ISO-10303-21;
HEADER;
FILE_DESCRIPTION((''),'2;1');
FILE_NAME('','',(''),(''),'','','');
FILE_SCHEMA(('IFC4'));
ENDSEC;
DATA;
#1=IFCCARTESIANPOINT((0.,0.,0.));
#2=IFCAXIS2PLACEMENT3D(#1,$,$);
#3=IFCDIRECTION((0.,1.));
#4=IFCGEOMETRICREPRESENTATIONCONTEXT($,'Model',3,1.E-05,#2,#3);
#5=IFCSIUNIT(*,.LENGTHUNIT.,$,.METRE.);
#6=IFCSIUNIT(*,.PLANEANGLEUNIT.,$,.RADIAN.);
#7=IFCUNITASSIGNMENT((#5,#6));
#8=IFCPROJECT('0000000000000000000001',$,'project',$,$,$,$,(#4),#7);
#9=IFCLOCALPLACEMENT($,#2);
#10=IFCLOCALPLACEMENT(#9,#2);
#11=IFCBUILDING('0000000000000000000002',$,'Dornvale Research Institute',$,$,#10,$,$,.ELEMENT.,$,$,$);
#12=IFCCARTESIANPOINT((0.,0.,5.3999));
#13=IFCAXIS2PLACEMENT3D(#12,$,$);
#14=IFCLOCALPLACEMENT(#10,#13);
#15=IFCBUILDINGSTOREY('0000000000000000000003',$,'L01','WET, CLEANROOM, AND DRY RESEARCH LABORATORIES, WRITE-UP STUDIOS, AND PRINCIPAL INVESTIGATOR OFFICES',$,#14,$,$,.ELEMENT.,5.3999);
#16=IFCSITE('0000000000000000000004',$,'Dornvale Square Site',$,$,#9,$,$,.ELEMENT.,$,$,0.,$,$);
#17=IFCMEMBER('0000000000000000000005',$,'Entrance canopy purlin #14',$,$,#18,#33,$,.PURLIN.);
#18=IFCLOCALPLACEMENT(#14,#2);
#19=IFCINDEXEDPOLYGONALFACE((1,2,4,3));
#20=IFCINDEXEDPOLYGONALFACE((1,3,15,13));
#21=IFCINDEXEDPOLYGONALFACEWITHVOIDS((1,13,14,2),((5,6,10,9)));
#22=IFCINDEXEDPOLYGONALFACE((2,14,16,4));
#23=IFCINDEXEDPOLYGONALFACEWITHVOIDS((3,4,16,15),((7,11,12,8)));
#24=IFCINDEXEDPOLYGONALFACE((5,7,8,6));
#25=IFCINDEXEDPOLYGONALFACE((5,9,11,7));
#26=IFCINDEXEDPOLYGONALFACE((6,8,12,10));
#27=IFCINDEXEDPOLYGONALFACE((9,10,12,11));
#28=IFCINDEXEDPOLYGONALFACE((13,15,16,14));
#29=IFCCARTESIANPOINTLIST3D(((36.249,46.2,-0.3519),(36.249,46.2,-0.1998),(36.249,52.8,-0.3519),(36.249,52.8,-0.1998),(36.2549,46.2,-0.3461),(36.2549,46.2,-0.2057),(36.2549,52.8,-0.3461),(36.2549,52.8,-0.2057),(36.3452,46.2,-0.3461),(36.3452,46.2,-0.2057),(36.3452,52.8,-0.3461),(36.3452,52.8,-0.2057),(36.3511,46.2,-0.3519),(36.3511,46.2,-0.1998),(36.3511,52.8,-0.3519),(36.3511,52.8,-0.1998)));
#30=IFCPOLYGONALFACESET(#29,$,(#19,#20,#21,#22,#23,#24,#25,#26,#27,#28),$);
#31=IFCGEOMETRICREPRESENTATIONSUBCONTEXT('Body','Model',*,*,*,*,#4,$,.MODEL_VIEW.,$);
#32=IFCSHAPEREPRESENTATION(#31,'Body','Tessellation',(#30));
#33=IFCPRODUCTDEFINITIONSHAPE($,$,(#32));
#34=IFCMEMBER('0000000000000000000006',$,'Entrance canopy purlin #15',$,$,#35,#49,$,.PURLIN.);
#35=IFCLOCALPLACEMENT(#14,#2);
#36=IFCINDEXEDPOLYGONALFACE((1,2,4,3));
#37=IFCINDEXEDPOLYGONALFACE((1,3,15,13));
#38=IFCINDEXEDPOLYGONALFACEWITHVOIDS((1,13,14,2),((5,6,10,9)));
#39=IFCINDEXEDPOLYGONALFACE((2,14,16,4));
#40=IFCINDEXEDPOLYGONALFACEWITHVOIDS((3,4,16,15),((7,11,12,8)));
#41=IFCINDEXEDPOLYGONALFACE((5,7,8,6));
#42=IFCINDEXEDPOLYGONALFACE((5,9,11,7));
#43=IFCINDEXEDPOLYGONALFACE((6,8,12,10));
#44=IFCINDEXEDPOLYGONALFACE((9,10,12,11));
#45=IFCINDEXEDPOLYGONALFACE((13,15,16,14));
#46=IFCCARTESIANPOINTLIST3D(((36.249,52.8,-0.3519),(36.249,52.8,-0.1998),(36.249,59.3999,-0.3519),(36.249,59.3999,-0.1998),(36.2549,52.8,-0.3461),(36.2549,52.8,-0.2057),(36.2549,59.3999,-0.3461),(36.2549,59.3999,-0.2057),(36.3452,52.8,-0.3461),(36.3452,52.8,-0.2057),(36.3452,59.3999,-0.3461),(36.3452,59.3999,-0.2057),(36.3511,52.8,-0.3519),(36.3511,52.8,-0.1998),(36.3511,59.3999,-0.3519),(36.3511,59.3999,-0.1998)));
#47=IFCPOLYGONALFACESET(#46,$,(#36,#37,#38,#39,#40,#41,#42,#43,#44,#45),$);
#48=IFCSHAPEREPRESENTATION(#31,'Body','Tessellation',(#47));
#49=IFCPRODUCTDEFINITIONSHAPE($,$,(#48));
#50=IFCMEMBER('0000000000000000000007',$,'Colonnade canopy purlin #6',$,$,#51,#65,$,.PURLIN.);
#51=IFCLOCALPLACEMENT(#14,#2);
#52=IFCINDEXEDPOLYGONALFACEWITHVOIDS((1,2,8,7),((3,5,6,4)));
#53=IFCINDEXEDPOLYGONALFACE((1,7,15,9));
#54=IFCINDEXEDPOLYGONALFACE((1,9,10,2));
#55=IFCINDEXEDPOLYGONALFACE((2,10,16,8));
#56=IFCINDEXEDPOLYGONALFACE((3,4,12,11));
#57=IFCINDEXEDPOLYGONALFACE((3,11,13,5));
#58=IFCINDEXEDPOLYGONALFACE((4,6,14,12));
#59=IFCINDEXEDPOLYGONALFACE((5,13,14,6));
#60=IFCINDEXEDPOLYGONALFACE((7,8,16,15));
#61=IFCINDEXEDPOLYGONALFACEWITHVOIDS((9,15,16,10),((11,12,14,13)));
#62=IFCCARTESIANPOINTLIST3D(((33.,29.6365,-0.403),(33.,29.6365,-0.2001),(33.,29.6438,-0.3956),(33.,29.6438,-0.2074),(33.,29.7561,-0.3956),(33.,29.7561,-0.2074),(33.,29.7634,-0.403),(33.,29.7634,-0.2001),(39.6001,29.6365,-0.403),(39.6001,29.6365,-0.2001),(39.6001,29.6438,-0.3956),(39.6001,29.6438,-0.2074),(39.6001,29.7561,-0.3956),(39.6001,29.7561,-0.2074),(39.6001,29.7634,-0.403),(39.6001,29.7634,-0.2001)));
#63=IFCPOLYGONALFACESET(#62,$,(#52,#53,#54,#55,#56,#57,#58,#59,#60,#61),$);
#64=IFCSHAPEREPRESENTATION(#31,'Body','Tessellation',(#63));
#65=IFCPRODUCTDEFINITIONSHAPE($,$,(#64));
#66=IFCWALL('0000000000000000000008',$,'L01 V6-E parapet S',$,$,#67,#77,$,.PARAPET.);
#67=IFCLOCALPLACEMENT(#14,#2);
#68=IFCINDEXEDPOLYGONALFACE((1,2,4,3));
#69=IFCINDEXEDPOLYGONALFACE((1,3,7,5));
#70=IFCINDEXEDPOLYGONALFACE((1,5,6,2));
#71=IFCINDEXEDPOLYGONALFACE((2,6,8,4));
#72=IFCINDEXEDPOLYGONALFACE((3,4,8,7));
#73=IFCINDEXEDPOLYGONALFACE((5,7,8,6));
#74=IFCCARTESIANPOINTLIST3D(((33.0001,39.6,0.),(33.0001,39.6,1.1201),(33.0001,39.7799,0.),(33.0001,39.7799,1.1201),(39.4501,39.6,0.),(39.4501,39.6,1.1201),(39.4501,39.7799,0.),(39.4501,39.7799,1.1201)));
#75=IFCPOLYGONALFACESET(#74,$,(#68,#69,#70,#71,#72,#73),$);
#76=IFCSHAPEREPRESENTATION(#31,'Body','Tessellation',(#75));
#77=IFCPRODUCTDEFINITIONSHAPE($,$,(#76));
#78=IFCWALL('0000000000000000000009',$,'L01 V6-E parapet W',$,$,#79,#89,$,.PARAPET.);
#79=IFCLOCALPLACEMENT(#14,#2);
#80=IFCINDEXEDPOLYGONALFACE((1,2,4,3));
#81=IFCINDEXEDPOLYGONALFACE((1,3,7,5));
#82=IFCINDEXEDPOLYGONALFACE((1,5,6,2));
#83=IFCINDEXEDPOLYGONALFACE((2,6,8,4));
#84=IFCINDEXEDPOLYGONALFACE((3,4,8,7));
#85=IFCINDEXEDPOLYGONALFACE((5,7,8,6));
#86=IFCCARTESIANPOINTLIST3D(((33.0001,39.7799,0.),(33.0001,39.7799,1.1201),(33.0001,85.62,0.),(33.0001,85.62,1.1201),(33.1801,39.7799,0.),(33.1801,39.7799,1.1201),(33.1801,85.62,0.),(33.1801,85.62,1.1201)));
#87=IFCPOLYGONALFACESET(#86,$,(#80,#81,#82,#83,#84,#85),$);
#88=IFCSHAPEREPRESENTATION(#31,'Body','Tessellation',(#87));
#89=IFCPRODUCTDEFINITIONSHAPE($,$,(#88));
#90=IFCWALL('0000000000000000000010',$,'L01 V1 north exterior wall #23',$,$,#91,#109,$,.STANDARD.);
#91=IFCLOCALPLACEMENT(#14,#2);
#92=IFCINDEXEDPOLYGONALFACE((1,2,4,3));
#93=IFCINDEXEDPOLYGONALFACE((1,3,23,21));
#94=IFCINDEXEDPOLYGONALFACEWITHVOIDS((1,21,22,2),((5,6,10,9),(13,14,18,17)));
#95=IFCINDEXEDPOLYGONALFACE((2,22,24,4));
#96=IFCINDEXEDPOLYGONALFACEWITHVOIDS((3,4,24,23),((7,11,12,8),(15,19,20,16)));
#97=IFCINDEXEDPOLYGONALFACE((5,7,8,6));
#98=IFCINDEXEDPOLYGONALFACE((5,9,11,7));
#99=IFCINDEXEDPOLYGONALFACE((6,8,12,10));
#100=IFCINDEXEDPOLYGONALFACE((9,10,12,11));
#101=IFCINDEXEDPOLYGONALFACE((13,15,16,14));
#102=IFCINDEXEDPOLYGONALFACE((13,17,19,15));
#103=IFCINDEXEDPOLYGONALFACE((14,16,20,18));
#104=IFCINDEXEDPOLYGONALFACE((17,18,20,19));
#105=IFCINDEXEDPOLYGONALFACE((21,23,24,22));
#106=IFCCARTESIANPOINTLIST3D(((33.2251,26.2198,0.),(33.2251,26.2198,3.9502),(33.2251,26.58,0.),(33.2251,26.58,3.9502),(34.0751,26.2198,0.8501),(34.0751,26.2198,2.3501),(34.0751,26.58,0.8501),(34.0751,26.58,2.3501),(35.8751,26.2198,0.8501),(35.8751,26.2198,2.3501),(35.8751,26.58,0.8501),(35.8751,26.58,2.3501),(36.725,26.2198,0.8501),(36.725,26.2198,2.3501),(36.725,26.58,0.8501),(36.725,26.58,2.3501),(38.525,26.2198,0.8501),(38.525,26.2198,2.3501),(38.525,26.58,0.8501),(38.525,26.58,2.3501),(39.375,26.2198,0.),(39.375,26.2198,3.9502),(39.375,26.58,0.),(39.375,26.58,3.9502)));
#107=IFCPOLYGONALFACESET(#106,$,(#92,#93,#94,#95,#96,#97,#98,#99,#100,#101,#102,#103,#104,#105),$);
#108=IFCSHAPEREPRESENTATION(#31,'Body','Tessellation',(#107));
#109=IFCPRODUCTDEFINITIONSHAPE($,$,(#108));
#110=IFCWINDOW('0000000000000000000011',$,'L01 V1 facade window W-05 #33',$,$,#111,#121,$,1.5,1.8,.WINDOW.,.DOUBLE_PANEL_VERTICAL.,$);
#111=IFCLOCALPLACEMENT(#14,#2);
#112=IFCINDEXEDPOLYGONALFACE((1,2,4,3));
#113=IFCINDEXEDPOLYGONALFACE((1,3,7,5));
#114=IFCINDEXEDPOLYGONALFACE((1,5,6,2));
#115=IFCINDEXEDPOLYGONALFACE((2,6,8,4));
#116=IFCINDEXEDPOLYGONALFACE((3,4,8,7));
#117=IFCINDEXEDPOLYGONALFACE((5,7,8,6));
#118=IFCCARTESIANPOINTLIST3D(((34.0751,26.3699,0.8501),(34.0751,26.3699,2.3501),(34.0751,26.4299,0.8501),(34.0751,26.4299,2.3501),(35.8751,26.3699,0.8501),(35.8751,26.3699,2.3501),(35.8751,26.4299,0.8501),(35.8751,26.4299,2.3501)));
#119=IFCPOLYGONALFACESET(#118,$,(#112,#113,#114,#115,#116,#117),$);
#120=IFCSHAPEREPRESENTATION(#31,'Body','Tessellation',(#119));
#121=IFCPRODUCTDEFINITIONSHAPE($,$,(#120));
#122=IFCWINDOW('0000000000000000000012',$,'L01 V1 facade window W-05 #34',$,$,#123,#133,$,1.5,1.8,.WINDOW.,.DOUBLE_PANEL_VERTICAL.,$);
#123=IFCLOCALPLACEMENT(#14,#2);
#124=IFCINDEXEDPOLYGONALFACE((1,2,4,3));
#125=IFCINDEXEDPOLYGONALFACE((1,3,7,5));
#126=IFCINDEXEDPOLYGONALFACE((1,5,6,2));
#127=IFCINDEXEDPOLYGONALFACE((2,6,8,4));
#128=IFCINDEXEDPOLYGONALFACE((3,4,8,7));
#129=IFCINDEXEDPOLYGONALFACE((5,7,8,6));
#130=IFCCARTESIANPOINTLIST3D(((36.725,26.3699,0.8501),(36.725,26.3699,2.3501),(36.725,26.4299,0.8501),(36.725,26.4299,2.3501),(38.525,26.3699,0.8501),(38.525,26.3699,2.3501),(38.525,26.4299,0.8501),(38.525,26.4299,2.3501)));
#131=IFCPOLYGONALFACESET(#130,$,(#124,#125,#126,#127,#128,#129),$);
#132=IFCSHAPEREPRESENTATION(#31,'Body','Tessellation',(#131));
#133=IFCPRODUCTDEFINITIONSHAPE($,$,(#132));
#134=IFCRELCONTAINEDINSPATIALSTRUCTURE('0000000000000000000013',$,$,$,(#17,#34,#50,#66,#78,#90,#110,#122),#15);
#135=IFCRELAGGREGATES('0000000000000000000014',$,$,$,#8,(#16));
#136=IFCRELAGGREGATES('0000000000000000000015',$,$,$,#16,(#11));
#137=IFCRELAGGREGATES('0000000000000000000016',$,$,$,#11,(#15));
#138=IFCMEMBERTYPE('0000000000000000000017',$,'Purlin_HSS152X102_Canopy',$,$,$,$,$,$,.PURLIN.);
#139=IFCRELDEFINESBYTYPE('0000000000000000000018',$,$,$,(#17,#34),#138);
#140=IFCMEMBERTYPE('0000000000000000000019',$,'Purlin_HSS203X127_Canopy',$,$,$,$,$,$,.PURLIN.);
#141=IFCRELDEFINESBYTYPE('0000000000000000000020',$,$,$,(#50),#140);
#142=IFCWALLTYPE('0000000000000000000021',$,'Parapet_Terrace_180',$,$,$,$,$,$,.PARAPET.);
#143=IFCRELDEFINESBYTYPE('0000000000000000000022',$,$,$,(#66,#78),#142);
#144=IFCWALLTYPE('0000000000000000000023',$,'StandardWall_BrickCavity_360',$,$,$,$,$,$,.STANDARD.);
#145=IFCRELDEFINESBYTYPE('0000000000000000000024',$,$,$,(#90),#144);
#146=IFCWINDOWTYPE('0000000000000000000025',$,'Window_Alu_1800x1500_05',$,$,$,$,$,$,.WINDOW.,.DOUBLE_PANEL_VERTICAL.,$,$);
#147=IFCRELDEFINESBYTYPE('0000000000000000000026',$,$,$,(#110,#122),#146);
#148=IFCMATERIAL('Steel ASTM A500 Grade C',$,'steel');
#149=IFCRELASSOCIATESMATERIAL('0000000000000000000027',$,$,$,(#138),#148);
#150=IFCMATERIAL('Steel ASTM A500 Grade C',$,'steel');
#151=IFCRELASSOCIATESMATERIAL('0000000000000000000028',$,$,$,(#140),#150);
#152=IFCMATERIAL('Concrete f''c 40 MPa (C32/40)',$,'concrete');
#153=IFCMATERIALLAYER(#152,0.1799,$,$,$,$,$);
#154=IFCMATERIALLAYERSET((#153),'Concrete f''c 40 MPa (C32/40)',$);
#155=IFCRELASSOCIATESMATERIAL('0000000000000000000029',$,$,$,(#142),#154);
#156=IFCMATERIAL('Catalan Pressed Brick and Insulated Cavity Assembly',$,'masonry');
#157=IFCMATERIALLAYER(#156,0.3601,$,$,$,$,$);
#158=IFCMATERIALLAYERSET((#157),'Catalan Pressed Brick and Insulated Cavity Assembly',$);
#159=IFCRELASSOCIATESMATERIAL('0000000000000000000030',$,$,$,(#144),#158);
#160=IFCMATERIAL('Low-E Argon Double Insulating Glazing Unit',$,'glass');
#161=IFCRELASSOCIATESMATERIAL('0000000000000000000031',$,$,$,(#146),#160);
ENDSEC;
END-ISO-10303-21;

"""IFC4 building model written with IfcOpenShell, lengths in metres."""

from ifc_helpers import new_model, si_unit, direction, frame, frame_2d, origin, origin_2d, place, context, subcontext, project, spatial, rectangle, hollow_rectangle, extrude, material, layer, layer_set, material_profile, profile_set, type_object, element, fill, save


model = new_model("IFC4")

# Units and contexts
model_context = context("Model", 3, precision=1e-05, world=origin(), true_north=direction((0.0, 1.0)))
body_context = subcontext(model_context, "Body", "Model", "MODEL_VIEW")
ifc_project = project(units=[si_unit("LENGTHUNIT", "METRE"), si_unit("PLANEANGLEUNIT", "RADIAN")], contexts=[model_context])

# Site, building, storey
site_placement = place(None, origin())
site = spatial("IfcSite", under=ifc_project, at=site_placement, Name="Dornvale Square Site", CompositionType="ELEMENT", RefElevation=0.0)
building_placement = place(site_placement, origin())
building = spatial("IfcBuilding", under=site, at=building_placement, Name="Dornvale Research Institute", CompositionType="ELEMENT")
storey_placement = place(building_placement, frame((0.0, 0.0, 5.3999)))
storey = spatial("IfcBuildingStorey", under=building, at=storey_placement, Name="L01", Description="WET, CLEANROOM, AND DRY RESEARCH LABORATORIES, WRITE-UP STUDIOS, AND PRINCIPAL INVESTIGATOR OFFICES", CompositionType="ELEMENT", Elevation=5.3999)

# Members
ifc_material_1 = material(Name="Steel ASTM A500 Grade C", Category="steel")
ifc_material_profile_1 = material_profile(ifc_material_1, hollow_rectangle(XDim=0.1021, YDim=0.1521, WallThickness=0.0059, at=origin_2d()), Name="HSS152X102X6.4")
ifc_profile_set_1 = profile_set([ifc_material_profile_1], Name="Steel ASTM A500 Grade C")
member_type_1 = type_object("IfcMemberType", Name="Purlin_HSS152X102_Canopy", PredefinedType="PURLIN", material=ifc_profile_set_1)
member_1_placement = place(storey_placement, frame((36.3, 46.2, -0.2759), z_axis=(0.0, 1.0, 0.0), x_axis=(-1.0, 0.0, 0.0)))
element("IfcMember", 1, at=member_1_placement, inside=storey, type_object=member_type_1, Name="Entrance canopy purlin #14", PredefinedType="PURLIN", context=body_context, shape_type="SweptSolid", body=[
    extrude(hollow_rectangle(XDim=0.1021, YDim=0.1521, WallThickness=0.0059, at=origin_2d()), origin(), (0.0, 0.0, 1.0), 6.6001),
])
member_2_placement = place(storey_placement, frame((36.3, 52.8, -0.2759), z_axis=(0.0, 1.0, 0.0), x_axis=(-1.0, 0.0, 0.0)))
element("IfcMember", 2, at=member_2_placement, inside=storey, type_object=member_type_1, Name="Entrance canopy purlin #15", PredefinedType="PURLIN", context=body_context, shape_type="SweptSolid", body=[
    extrude(hollow_rectangle(XDim=0.1021, YDim=0.1521, WallThickness=0.0059, at=origin_2d()), origin(), (0.0, 0.0, 1.0), 6.5999),
])
ifc_material_2 = material(Name="Steel ASTM A500 Grade C", Category="steel")
ifc_material_profile_2 = material_profile(ifc_material_2, hollow_rectangle(XDim=0.127, YDim=0.2029, WallThickness=0.0073, at=origin_2d()), Name="HSS203X127X7.9")
ifc_profile_set_2 = profile_set([ifc_material_profile_2], Name="Steel ASTM A500 Grade C")
member_type_2 = type_object("IfcMemberType", Name="Purlin_HSS203X127_Canopy", PredefinedType="PURLIN", material=ifc_profile_set_2)
member_3_placement = place(storey_placement, frame((33.0, 29.7, -0.3015), z_axis=(1.0, 0.0, 0.0), x_axis=(0.0, 1.0, 0.0)))
element("IfcMember", 3, at=member_3_placement, inside=storey, type_object=member_type_2, Name="Colonnade canopy purlin #6", PredefinedType="PURLIN", context=body_context, shape_type="SweptSolid", body=[
    extrude(hollow_rectangle(XDim=0.127, YDim=0.2029, WallThickness=0.0073, at=origin_2d()), origin(), (0.0, 0.0, 1.0), 6.6001),
])

# Walls
ifc_material_3 = material(Name="Concrete f'c 40 MPa (C32/40)", Category="concrete")
ifc_layer_1 = layer(ifc_material_3, 0.1799)
ifc_layer_set_1 = layer_set([ifc_layer_1], Name="Concrete f'c 40 MPa (C32/40)")
wall_type_1 = type_object("IfcWallType", Name="Parapet_Terrace_180", PredefinedType="PARAPET", material=ifc_layer_set_1)
wall_1_placement = place(storey_placement, frame((33.0, 39.6899, 0.0), z_axis=(0.0, 0.0, 1.0), x_axis=(1.0, 0.0, 0.0)))
element("IfcWall", 4, at=wall_1_placement, inside=storey, type_object=wall_type_1, Name="L01 V6-E parapet S", PredefinedType="PARAPET", context=body_context, shape_type="SweptSolid", body=[
    extrude(rectangle(XDim=6.45, YDim=0.1799, at=frame_2d((3.2251, 0.0))), origin(), (0.0, 0.0, 1.0), 1.1201),
])
wall_2_placement = place(storey_placement, frame((33.0901, 39.78, 0.0), z_axis=(0.0, 0.0, 1.0), x_axis=(0.0, 1.0, 0.0)))
element("IfcWall", 5, at=wall_2_placement, inside=storey, type_object=wall_type_1, Name="L01 V6-E parapet W", PredefinedType="PARAPET", context=body_context, shape_type="SweptSolid", body=[
    extrude(rectangle(XDim=45.8401, YDim=0.1799, at=frame_2d((22.9199, 0.0))), origin(), (0.0, 0.0, 1.0), 1.1201),
])

# Wall, openings, windows
ifc_material_4 = material(Name="Catalan Pressed Brick and Insulated Cavity Assembly", Category="masonry")
ifc_layer_2 = layer(ifc_material_4, 0.3601)
ifc_layer_set_2 = layer_set([ifc_layer_2], Name="Catalan Pressed Brick and Insulated Cavity Assembly")
wall_type_2 = type_object("IfcWallType", Name="StandardWall_BrickCavity_360", PredefinedType="STANDARD", material=ifc_layer_set_2)
wall_3_placement = place(storey_placement, frame((33.2251, 26.3999, 0.0), z_axis=(0.0, 0.0, 1.0), x_axis=(1.0, 0.0, 0.0)))
wall_3 = element("IfcWall", 6, at=wall_3_placement, inside=storey, type_object=wall_type_2, Name="L01 V1 north exterior wall #23", PredefinedType="STANDARD", context=body_context, shape_type="SweptSolid", body=[
    extrude(rectangle(XDim=6.1499, YDim=0.3601, at=frame_2d((3.075, 0.0))), origin(), (0.0, 0.0, 1.0), 3.9502),
])
opening_1_placement = place(wall_3_placement, frame((0.8501, 0.0, 0.8501)))
opening_1 = element("IfcOpeningElement", 7, at=opening_1_placement, cuts=wall_3, PredefinedType="OPENING", context=body_context, shape_type="SweptSolid", body=[
    extrude(rectangle(XDim=1.8, YDim=1.5, at=frame_2d((0.8999, 0.75))), frame((0.0, 0.1951, 0.0), z_axis=(0.0, -1.0, 0.0), x_axis=(1.0, 0.0, 0.0)), (0.0, 0.0, 1.0), 0.3901),
])
opening_2_placement = place(wall_3_placement, frame((3.5, 0.0, 0.8501)))
opening_2 = element("IfcOpeningElement", 8, at=opening_2_placement, cuts=wall_3, PredefinedType="OPENING", context=body_context, shape_type="SweptSolid", body=[
    extrude(rectangle(XDim=1.8, YDim=1.5, at=frame_2d((0.8999, 0.75))), frame((0.0, 0.1951, 0.0), z_axis=(0.0, -1.0, 0.0), x_axis=(1.0, 0.0, 0.0)), (0.0, 0.0, 1.0), 0.3901),
])
ifc_material_5 = material(Name="Low-E Argon Double Insulating Glazing Unit", Category="glass")
window_type = type_object("IfcWindowType", Name="Window_Alu_1800x1500_05", PartitioningType="DOUBLE_PANEL_VERTICAL", PredefinedType="WINDOW", material=ifc_material_5)
window_1_placement = place(opening_1_placement, origin())
window_1 = element("IfcWindow", 9, at=window_1_placement, inside=storey, type_object=window_type, Name="L01 V1 facade window W-05 #33", OverallHeight=1.5, OverallWidth=1.8, PartitioningType="DOUBLE_PANEL_VERTICAL", PredefinedType="WINDOW", context=body_context, shape_type="SweptSolid", body=[
    extrude(rectangle(XDim=1.8, YDim=1.5, at=frame_2d((0.8999, 0.75))), frame((0.0, 0.03, 0.0), z_axis=(0.0, -1.0, 0.0), x_axis=(1.0, 0.0, 0.0)), (0.0, 0.0, 1.0), 0.0601),
])
fill(opening_1, window_1)
window_2_placement = place(opening_2_placement, origin())
window_2 = element("IfcWindow", 10, at=window_2_placement, inside=storey, type_object=window_type, Name="L01 V1 facade window W-05 #34", OverallHeight=1.5, OverallWidth=1.8, PartitioningType="DOUBLE_PANEL_VERTICAL", PredefinedType="WINDOW", context=body_context, shape_type="SweptSolid", body=[
    extrude(rectangle(XDim=1.8, YDim=1.5, at=frame_2d((0.8999, 0.75))), frame((0.0, 0.03, 0.0), z_axis=(0.0, -1.0, 0.0), x_axis=(1.0, 0.0, 0.0)), (0.0, 0.0, 1.0), 0.0601),
])
fill(opening_2, window_2)

save(model, "model.ifc")
